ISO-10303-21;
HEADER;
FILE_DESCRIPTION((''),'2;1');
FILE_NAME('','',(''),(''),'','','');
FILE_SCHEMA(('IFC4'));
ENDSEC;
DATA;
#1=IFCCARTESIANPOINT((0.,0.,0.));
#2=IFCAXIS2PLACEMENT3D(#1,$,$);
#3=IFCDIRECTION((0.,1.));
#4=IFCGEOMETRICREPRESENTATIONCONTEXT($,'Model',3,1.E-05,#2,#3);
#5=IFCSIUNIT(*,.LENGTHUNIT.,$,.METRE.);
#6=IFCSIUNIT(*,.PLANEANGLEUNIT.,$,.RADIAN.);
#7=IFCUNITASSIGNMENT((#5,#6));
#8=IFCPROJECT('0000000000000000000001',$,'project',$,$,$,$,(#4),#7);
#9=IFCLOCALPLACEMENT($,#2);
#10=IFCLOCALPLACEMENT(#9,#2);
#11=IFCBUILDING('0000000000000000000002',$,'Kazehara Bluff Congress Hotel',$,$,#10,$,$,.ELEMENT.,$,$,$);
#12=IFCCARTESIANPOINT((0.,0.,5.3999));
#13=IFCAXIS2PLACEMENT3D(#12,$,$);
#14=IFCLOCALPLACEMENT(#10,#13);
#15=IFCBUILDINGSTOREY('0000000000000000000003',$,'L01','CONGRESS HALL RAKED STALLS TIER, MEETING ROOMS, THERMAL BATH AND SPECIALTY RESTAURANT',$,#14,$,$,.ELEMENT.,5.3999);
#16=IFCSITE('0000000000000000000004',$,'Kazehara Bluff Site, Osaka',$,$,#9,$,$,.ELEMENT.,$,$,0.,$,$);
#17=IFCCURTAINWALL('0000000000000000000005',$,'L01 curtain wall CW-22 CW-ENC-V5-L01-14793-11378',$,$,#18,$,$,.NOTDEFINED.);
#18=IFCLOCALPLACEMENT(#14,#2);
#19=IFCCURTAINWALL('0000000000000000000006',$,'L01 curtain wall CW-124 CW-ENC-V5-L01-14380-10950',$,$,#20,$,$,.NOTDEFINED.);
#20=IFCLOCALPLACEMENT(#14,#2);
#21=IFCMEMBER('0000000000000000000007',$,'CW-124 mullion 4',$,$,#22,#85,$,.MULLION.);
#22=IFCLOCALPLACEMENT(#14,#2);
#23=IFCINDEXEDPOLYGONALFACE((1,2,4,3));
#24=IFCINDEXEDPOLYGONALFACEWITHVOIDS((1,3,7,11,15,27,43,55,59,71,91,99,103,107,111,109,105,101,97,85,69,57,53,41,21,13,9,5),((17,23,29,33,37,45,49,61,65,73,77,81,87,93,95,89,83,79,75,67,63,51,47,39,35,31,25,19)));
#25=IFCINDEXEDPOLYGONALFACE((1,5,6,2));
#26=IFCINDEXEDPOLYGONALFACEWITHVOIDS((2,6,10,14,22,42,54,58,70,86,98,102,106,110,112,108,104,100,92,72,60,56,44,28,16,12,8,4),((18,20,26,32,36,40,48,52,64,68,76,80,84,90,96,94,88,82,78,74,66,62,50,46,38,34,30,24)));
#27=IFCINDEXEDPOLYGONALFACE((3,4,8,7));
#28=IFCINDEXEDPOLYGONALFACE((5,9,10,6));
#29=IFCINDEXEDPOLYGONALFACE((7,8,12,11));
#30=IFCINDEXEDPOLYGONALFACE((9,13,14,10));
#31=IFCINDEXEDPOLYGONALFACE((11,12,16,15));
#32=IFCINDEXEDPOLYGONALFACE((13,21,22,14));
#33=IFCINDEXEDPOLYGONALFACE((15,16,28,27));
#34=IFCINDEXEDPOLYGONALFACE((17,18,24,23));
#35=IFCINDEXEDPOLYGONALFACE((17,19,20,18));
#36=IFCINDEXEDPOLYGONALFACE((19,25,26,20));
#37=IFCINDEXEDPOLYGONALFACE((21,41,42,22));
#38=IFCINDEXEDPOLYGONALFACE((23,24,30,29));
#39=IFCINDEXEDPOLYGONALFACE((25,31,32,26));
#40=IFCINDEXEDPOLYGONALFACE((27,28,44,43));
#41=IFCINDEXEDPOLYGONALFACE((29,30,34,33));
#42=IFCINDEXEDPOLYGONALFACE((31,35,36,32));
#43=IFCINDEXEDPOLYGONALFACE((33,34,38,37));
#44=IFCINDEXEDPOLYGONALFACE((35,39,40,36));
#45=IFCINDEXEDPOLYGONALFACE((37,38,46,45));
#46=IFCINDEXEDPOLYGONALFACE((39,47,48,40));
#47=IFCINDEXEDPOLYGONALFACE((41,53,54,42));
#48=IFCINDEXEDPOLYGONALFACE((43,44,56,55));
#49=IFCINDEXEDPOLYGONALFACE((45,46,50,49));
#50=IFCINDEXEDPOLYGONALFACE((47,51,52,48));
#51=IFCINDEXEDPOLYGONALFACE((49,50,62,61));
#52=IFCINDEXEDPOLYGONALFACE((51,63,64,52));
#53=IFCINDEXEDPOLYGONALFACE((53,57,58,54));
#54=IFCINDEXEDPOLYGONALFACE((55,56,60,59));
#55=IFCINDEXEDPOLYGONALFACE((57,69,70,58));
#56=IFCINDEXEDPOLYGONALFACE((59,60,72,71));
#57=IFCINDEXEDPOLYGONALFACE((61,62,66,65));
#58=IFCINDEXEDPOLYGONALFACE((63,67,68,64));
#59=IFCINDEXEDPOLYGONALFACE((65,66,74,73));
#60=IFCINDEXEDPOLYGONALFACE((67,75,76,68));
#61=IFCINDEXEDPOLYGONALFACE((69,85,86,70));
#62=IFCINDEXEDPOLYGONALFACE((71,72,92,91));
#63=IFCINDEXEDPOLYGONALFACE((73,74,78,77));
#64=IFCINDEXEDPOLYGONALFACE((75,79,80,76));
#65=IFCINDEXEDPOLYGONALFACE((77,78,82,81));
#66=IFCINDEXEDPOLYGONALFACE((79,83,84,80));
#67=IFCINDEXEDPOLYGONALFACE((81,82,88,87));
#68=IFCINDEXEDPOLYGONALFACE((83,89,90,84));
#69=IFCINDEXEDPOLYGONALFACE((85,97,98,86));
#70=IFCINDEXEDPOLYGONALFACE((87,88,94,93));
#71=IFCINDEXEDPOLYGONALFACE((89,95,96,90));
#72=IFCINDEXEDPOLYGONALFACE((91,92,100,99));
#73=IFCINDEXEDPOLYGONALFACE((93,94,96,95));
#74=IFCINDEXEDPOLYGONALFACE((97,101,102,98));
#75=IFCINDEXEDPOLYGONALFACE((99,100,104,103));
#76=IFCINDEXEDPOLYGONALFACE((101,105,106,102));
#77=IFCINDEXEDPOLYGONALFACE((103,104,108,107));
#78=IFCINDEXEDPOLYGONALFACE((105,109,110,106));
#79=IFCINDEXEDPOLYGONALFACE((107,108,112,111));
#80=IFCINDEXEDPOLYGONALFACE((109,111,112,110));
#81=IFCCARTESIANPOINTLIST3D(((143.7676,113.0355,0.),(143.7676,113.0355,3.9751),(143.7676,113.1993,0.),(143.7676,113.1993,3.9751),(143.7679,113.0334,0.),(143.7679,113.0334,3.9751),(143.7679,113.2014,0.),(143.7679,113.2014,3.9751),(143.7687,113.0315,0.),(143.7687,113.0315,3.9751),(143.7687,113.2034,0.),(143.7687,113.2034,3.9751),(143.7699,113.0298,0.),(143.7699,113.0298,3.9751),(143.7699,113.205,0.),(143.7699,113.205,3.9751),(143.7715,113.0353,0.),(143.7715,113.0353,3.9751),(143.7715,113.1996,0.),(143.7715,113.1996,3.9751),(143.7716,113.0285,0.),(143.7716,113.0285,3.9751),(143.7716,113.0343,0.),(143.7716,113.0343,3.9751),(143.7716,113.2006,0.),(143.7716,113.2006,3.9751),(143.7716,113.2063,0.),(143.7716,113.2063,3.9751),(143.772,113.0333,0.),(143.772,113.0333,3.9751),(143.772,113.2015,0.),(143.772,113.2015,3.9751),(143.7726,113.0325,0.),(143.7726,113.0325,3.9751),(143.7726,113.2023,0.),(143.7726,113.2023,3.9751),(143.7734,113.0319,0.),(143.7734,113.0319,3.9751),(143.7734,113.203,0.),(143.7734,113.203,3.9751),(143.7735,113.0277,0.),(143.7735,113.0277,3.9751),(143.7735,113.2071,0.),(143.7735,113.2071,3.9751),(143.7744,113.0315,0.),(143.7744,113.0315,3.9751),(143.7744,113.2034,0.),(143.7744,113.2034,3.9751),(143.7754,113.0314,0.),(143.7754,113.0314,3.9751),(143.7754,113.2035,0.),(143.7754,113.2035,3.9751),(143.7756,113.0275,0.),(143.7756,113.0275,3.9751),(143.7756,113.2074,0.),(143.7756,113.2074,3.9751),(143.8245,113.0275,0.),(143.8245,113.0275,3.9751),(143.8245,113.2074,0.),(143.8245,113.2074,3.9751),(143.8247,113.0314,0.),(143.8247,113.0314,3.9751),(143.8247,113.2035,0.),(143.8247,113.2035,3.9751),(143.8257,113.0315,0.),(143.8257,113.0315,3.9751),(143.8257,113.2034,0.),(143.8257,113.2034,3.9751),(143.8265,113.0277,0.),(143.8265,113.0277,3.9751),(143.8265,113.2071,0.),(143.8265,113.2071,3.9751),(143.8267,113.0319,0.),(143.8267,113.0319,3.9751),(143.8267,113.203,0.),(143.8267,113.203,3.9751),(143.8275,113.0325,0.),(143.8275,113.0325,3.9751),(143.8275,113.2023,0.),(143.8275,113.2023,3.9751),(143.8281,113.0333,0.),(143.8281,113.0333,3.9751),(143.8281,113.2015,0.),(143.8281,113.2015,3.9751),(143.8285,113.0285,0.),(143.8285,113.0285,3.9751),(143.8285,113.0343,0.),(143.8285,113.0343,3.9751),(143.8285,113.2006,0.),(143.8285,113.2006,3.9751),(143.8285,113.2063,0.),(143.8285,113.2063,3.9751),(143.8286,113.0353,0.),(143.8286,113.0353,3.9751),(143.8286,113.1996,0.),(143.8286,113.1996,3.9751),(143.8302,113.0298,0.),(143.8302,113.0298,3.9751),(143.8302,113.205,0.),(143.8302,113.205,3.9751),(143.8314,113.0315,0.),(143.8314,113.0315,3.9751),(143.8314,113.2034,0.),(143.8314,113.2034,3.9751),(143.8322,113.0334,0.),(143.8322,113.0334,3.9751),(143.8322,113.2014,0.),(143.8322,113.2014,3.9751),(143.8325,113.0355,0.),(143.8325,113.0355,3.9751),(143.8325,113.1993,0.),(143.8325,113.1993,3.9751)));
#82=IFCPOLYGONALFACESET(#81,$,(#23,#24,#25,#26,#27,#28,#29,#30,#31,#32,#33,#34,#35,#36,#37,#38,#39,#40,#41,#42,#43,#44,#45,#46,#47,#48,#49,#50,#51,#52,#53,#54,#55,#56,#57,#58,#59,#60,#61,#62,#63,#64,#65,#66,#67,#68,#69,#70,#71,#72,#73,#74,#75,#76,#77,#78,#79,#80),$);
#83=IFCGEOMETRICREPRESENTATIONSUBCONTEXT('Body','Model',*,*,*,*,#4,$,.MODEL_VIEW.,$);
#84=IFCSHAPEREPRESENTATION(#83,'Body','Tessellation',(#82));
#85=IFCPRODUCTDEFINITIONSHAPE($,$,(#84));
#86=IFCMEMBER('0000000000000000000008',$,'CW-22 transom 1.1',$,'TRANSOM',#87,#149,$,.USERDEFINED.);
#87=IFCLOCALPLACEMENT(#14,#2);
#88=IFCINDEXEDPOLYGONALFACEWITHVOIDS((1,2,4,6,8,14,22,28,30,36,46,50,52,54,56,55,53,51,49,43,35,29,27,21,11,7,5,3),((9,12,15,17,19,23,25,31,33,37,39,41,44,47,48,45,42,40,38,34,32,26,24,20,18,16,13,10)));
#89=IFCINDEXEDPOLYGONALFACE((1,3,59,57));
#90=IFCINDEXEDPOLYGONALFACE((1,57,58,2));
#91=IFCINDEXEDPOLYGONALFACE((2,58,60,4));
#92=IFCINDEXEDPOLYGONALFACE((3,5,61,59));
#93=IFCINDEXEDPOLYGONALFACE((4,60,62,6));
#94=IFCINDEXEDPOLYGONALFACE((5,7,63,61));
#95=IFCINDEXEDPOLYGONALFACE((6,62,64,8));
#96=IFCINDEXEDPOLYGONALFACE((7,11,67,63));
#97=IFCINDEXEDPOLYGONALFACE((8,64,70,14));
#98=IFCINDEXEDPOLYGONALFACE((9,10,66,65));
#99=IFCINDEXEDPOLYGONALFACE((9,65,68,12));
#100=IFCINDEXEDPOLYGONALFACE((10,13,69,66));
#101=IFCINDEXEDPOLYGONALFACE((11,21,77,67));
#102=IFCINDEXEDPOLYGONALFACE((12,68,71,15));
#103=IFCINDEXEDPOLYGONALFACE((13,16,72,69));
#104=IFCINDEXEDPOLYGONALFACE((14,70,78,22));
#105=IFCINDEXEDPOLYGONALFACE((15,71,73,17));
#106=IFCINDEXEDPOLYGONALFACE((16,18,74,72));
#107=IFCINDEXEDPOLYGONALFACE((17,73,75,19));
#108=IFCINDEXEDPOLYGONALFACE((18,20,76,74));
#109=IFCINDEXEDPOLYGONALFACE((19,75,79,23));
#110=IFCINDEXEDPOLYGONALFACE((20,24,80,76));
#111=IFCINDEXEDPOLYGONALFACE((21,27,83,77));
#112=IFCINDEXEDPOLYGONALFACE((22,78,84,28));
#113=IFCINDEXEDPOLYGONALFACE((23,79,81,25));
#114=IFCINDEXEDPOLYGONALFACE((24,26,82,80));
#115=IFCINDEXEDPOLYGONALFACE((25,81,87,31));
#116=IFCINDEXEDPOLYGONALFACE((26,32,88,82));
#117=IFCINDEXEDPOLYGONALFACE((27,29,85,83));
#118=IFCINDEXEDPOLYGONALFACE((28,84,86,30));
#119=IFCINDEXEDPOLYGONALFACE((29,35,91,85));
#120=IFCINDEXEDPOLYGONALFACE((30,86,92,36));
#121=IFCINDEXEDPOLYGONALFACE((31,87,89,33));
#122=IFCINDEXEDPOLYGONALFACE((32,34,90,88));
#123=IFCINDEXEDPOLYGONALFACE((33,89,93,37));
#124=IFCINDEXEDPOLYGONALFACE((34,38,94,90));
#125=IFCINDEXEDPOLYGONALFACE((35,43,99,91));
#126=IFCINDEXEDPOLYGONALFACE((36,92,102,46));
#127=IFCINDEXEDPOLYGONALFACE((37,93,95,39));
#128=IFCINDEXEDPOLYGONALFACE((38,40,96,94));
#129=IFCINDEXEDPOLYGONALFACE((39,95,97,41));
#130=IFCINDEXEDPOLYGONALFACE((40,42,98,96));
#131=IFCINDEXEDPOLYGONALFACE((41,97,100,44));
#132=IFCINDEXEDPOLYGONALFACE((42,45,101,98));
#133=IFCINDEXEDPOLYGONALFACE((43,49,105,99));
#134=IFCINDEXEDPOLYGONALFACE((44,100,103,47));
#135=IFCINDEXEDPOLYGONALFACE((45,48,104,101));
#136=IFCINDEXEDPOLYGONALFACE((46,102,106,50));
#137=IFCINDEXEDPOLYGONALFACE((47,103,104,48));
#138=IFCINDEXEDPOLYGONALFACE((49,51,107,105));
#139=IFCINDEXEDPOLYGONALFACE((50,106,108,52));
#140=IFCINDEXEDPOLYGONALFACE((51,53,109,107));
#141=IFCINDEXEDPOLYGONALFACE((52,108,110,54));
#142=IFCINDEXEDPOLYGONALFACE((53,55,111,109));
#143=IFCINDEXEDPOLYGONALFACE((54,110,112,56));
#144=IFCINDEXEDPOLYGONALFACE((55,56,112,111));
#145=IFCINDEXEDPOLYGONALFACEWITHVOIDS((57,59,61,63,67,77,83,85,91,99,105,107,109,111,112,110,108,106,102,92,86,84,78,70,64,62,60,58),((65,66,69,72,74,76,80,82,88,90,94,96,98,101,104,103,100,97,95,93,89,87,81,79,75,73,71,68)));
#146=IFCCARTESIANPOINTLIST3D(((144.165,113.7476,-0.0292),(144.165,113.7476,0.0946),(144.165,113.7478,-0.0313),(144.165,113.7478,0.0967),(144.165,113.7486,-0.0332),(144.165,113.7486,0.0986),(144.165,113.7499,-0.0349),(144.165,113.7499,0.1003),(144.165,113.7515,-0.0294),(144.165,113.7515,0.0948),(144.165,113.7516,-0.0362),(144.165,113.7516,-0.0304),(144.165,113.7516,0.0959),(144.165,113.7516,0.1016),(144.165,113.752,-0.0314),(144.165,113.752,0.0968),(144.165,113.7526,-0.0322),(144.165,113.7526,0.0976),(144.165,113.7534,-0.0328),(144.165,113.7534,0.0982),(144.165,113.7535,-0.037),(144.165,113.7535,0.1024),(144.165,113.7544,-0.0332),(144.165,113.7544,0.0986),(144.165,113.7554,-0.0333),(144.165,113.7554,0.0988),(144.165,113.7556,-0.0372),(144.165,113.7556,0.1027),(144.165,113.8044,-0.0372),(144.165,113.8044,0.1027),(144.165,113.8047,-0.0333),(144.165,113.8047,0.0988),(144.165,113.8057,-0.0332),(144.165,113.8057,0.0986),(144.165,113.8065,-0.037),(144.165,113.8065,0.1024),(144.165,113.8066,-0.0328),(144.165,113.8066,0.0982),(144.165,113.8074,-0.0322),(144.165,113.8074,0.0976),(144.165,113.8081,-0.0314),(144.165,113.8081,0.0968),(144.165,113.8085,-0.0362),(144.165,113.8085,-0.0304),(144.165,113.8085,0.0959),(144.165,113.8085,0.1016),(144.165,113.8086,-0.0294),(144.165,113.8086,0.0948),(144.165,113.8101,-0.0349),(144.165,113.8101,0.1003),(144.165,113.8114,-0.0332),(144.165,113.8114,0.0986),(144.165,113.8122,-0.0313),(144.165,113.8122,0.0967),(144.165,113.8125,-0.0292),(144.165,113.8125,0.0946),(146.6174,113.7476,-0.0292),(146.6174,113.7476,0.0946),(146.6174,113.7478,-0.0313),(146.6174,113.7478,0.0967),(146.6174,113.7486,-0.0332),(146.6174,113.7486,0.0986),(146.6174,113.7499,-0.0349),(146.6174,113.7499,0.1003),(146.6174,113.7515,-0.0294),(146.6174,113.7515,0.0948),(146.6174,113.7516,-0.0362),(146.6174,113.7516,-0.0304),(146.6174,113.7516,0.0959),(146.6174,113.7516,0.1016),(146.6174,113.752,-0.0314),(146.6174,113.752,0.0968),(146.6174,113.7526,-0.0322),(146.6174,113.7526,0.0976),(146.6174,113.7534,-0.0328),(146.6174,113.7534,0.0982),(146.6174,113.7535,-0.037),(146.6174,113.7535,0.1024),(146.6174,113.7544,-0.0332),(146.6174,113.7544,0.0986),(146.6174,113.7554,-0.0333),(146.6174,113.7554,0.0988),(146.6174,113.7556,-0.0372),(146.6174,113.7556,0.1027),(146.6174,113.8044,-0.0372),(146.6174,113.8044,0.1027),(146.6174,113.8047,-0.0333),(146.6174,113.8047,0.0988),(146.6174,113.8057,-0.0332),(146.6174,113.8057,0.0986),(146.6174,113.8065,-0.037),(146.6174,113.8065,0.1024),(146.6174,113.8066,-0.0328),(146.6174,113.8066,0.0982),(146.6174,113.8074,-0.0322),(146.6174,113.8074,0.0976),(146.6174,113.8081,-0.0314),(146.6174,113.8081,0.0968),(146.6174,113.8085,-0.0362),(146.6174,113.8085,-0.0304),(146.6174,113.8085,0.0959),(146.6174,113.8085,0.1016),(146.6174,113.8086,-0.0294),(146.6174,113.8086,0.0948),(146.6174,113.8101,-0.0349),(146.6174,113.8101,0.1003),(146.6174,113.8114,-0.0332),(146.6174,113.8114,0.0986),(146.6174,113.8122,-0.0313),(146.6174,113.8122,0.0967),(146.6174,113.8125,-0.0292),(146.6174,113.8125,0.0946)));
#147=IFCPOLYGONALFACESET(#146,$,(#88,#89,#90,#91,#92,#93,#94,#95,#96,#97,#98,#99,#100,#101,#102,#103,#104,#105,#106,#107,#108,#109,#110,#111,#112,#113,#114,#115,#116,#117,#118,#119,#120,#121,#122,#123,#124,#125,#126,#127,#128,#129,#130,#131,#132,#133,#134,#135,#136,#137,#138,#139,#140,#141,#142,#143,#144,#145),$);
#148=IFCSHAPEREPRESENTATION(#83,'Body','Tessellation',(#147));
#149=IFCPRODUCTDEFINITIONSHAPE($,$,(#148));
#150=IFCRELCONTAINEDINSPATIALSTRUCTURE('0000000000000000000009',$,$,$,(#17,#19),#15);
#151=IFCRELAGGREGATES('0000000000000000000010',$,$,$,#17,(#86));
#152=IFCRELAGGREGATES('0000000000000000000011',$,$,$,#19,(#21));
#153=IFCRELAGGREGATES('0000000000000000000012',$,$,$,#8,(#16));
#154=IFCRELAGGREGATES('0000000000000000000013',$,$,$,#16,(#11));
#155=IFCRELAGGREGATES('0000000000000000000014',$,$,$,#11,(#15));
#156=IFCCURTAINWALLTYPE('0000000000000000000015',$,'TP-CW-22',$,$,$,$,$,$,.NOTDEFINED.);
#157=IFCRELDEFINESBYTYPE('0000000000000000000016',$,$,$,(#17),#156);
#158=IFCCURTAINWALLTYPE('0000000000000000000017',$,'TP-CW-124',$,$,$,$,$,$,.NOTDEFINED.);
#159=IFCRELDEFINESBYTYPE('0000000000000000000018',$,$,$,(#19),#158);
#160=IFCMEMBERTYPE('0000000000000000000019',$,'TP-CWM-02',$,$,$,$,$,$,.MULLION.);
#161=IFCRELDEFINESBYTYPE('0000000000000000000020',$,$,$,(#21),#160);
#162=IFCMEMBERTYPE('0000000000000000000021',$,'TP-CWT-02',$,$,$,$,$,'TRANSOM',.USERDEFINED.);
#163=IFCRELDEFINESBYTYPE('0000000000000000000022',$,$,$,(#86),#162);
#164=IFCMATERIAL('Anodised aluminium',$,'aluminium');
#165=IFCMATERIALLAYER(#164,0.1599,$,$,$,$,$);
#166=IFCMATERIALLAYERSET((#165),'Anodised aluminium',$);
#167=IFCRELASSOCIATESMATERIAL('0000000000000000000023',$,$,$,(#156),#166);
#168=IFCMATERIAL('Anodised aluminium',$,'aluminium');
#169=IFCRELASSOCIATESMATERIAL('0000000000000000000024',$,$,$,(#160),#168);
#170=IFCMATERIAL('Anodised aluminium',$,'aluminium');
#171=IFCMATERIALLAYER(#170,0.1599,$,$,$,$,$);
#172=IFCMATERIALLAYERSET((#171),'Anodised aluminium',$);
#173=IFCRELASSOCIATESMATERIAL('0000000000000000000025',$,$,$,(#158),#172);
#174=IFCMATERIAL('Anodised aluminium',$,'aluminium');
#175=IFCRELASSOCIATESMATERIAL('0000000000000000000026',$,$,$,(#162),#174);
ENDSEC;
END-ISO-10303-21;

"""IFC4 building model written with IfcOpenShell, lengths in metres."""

from ifc_helpers import new_model, si_unit, direction, frame, origin, origin_2d, place, context, subcontext, project, spatial, hollow_rectangle, extrude, material, layer, layer_set, material_profile, profile_set, type_object, element, aggregate, save


model = new_model("IFC4")

# Units and contexts
model_context = context("Model", 3, precision=1e-05, world=origin(), true_north=direction((0.0, 1.0)))
body_context = subcontext(model_context, "Body", "Model", "MODEL_VIEW")
ifc_project = project(units=[si_unit("LENGTHUNIT", "METRE"), si_unit("PLANEANGLEUNIT", "RADIAN")], contexts=[model_context])

# Site, building, storey
site_placement = place(None, origin())
site = spatial("IfcSite", under=ifc_project, at=site_placement, Name="Kazehara Bluff Site, Osaka", CompositionType="ELEMENT", RefElevation=0.0)
building_placement = place(site_placement, origin())
building = spatial("IfcBuilding", under=site, at=building_placement, Name="Kazehara Bluff Congress Hotel", CompositionType="ELEMENT")
storey_placement = place(building_placement, frame((0.0, 0.0, 5.3999)))
storey = spatial("IfcBuildingStorey", under=building, at=storey_placement, Name="L01", Description="CONGRESS HALL RAKED STALLS TIER, MEETING ROOMS, THERMAL BATH AND SPECIALTY RESTAURANT", CompositionType="ELEMENT", Elevation=5.3999)

# Curtain walls, member
ifc_material_1 = material(Name="Anodised aluminium", Category="aluminium")
ifc_layer_1 = layer(ifc_material_1, 0.1599)
ifc_layer_set_1 = layer_set([ifc_layer_1], Name="Anodised aluminium")
curtain_wall_type_1 = type_object("IfcCurtainWallType", Name="TP-CW-22", PredefinedType="NOTDEFINED", material=ifc_layer_set_1)
curtain_wall_1_placement = place(storey_placement, origin())
curtain_wall_1 = element("IfcCurtainWall", 1, at=curtain_wall_1_placement, inside=storey, type_object=curtain_wall_type_1, Name="L01 curtain wall CW-22 CW-ENC-V5-L01-14793-11378", PredefinedType="NOTDEFINED")
ifc_material_2 = material(Name="Anodised aluminium", Category="aluminium")
ifc_material_profile_1 = material_profile(ifc_material_2, hollow_rectangle(XDim=0.0649, YDim=0.1799, WallThickness=0.0039, InnerFilletRadius=0.0039, OuterFilletRadius=0.0081, at=origin_2d()))
ifc_profile_set_1 = profile_set([ifc_material_profile_1], Name="Anodised aluminium")
member_type_1 = type_object("IfcMemberType", Name="TP-CWM-02", PredefinedType="MULLION", material=ifc_profile_set_1)
ifc_material_3 = material(Name="Anodised aluminium", Category="aluminium")
ifc_layer_2 = layer(ifc_material_3, 0.1599)
ifc_layer_set_2 = layer_set([ifc_layer_2], Name="Anodised aluminium")
curtain_wall_type_2 = type_object("IfcCurtainWallType", Name="TP-CW-124", PredefinedType="NOTDEFINED", material=ifc_layer_set_2)
curtain_wall_2_placement = place(storey_placement, origin())
curtain_wall_2 = element("IfcCurtainWall", 2, at=curtain_wall_2_placement, inside=storey, type_object=curtain_wall_type_2, Name="L01 curtain wall CW-124 CW-ENC-V5-L01-14380-10950", PredefinedType="NOTDEFINED")
member_1_placement = place(storey_placement, frame((143.8, 113.1174, 0.0), z_axis=(0.0, 0.0, 1.0), x_axis=(-1.0, 0.0, 0.0)))
member_1 = element("IfcMember", 3, at=member_1_placement, type_object=member_type_1, Name="CW-124 mullion 4", PredefinedType="MULLION", context=body_context, shape_type="SweptSolid", body=[
    extrude(hollow_rectangle(XDim=0.0649, YDim=0.1799, WallThickness=0.0039, InnerFilletRadius=0.0039, OuterFilletRadius=0.0081, at=origin_2d()), origin(), (0.0, 0.0, 1.0), 3.9751),
])

# Member
ifc_material_4 = material(Name="Anodised aluminium", Category="aluminium")
ifc_material_profile_2 = material_profile(ifc_material_4, hollow_rectangle(XDim=0.0649, YDim=0.1399, WallThickness=0.0039, InnerFilletRadius=0.0039, OuterFilletRadius=0.0081, at=origin_2d()))
ifc_profile_set_2 = profile_set([ifc_material_profile_2], Name="Anodised aluminium")
member_type_2 = type_object("IfcMemberType", Name="TP-CWT-02", ElementType="TRANSOM", PredefinedType="USERDEFINED", material=ifc_profile_set_2)
member_2_placement = place(storey_placement, frame((144.165, 113.78, 0.0327), z_axis=(1.0, 0.0, 0.0), x_axis=(0.0, 1.0, 0.0)))
member_2 = element("IfcMember", 4, at=member_2_placement, type_object=member_type_2, Name="CW-22 transom 1.1", ObjectType="TRANSOM", PredefinedType="USERDEFINED", context=body_context, shape_type="SweptSolid", body=[
    extrude(hollow_rectangle(XDim=0.0649, YDim=0.1399, WallThickness=0.0039, InnerFilletRadius=0.0039, OuterFilletRadius=0.0081, at=origin_2d()), origin(), (0.0, 0.0, 1.0), 2.4524),
])

aggregate(curtain_wall_1, [member_2])
aggregate(curtain_wall_2, [member_1])

save(model, "model.ifc")
